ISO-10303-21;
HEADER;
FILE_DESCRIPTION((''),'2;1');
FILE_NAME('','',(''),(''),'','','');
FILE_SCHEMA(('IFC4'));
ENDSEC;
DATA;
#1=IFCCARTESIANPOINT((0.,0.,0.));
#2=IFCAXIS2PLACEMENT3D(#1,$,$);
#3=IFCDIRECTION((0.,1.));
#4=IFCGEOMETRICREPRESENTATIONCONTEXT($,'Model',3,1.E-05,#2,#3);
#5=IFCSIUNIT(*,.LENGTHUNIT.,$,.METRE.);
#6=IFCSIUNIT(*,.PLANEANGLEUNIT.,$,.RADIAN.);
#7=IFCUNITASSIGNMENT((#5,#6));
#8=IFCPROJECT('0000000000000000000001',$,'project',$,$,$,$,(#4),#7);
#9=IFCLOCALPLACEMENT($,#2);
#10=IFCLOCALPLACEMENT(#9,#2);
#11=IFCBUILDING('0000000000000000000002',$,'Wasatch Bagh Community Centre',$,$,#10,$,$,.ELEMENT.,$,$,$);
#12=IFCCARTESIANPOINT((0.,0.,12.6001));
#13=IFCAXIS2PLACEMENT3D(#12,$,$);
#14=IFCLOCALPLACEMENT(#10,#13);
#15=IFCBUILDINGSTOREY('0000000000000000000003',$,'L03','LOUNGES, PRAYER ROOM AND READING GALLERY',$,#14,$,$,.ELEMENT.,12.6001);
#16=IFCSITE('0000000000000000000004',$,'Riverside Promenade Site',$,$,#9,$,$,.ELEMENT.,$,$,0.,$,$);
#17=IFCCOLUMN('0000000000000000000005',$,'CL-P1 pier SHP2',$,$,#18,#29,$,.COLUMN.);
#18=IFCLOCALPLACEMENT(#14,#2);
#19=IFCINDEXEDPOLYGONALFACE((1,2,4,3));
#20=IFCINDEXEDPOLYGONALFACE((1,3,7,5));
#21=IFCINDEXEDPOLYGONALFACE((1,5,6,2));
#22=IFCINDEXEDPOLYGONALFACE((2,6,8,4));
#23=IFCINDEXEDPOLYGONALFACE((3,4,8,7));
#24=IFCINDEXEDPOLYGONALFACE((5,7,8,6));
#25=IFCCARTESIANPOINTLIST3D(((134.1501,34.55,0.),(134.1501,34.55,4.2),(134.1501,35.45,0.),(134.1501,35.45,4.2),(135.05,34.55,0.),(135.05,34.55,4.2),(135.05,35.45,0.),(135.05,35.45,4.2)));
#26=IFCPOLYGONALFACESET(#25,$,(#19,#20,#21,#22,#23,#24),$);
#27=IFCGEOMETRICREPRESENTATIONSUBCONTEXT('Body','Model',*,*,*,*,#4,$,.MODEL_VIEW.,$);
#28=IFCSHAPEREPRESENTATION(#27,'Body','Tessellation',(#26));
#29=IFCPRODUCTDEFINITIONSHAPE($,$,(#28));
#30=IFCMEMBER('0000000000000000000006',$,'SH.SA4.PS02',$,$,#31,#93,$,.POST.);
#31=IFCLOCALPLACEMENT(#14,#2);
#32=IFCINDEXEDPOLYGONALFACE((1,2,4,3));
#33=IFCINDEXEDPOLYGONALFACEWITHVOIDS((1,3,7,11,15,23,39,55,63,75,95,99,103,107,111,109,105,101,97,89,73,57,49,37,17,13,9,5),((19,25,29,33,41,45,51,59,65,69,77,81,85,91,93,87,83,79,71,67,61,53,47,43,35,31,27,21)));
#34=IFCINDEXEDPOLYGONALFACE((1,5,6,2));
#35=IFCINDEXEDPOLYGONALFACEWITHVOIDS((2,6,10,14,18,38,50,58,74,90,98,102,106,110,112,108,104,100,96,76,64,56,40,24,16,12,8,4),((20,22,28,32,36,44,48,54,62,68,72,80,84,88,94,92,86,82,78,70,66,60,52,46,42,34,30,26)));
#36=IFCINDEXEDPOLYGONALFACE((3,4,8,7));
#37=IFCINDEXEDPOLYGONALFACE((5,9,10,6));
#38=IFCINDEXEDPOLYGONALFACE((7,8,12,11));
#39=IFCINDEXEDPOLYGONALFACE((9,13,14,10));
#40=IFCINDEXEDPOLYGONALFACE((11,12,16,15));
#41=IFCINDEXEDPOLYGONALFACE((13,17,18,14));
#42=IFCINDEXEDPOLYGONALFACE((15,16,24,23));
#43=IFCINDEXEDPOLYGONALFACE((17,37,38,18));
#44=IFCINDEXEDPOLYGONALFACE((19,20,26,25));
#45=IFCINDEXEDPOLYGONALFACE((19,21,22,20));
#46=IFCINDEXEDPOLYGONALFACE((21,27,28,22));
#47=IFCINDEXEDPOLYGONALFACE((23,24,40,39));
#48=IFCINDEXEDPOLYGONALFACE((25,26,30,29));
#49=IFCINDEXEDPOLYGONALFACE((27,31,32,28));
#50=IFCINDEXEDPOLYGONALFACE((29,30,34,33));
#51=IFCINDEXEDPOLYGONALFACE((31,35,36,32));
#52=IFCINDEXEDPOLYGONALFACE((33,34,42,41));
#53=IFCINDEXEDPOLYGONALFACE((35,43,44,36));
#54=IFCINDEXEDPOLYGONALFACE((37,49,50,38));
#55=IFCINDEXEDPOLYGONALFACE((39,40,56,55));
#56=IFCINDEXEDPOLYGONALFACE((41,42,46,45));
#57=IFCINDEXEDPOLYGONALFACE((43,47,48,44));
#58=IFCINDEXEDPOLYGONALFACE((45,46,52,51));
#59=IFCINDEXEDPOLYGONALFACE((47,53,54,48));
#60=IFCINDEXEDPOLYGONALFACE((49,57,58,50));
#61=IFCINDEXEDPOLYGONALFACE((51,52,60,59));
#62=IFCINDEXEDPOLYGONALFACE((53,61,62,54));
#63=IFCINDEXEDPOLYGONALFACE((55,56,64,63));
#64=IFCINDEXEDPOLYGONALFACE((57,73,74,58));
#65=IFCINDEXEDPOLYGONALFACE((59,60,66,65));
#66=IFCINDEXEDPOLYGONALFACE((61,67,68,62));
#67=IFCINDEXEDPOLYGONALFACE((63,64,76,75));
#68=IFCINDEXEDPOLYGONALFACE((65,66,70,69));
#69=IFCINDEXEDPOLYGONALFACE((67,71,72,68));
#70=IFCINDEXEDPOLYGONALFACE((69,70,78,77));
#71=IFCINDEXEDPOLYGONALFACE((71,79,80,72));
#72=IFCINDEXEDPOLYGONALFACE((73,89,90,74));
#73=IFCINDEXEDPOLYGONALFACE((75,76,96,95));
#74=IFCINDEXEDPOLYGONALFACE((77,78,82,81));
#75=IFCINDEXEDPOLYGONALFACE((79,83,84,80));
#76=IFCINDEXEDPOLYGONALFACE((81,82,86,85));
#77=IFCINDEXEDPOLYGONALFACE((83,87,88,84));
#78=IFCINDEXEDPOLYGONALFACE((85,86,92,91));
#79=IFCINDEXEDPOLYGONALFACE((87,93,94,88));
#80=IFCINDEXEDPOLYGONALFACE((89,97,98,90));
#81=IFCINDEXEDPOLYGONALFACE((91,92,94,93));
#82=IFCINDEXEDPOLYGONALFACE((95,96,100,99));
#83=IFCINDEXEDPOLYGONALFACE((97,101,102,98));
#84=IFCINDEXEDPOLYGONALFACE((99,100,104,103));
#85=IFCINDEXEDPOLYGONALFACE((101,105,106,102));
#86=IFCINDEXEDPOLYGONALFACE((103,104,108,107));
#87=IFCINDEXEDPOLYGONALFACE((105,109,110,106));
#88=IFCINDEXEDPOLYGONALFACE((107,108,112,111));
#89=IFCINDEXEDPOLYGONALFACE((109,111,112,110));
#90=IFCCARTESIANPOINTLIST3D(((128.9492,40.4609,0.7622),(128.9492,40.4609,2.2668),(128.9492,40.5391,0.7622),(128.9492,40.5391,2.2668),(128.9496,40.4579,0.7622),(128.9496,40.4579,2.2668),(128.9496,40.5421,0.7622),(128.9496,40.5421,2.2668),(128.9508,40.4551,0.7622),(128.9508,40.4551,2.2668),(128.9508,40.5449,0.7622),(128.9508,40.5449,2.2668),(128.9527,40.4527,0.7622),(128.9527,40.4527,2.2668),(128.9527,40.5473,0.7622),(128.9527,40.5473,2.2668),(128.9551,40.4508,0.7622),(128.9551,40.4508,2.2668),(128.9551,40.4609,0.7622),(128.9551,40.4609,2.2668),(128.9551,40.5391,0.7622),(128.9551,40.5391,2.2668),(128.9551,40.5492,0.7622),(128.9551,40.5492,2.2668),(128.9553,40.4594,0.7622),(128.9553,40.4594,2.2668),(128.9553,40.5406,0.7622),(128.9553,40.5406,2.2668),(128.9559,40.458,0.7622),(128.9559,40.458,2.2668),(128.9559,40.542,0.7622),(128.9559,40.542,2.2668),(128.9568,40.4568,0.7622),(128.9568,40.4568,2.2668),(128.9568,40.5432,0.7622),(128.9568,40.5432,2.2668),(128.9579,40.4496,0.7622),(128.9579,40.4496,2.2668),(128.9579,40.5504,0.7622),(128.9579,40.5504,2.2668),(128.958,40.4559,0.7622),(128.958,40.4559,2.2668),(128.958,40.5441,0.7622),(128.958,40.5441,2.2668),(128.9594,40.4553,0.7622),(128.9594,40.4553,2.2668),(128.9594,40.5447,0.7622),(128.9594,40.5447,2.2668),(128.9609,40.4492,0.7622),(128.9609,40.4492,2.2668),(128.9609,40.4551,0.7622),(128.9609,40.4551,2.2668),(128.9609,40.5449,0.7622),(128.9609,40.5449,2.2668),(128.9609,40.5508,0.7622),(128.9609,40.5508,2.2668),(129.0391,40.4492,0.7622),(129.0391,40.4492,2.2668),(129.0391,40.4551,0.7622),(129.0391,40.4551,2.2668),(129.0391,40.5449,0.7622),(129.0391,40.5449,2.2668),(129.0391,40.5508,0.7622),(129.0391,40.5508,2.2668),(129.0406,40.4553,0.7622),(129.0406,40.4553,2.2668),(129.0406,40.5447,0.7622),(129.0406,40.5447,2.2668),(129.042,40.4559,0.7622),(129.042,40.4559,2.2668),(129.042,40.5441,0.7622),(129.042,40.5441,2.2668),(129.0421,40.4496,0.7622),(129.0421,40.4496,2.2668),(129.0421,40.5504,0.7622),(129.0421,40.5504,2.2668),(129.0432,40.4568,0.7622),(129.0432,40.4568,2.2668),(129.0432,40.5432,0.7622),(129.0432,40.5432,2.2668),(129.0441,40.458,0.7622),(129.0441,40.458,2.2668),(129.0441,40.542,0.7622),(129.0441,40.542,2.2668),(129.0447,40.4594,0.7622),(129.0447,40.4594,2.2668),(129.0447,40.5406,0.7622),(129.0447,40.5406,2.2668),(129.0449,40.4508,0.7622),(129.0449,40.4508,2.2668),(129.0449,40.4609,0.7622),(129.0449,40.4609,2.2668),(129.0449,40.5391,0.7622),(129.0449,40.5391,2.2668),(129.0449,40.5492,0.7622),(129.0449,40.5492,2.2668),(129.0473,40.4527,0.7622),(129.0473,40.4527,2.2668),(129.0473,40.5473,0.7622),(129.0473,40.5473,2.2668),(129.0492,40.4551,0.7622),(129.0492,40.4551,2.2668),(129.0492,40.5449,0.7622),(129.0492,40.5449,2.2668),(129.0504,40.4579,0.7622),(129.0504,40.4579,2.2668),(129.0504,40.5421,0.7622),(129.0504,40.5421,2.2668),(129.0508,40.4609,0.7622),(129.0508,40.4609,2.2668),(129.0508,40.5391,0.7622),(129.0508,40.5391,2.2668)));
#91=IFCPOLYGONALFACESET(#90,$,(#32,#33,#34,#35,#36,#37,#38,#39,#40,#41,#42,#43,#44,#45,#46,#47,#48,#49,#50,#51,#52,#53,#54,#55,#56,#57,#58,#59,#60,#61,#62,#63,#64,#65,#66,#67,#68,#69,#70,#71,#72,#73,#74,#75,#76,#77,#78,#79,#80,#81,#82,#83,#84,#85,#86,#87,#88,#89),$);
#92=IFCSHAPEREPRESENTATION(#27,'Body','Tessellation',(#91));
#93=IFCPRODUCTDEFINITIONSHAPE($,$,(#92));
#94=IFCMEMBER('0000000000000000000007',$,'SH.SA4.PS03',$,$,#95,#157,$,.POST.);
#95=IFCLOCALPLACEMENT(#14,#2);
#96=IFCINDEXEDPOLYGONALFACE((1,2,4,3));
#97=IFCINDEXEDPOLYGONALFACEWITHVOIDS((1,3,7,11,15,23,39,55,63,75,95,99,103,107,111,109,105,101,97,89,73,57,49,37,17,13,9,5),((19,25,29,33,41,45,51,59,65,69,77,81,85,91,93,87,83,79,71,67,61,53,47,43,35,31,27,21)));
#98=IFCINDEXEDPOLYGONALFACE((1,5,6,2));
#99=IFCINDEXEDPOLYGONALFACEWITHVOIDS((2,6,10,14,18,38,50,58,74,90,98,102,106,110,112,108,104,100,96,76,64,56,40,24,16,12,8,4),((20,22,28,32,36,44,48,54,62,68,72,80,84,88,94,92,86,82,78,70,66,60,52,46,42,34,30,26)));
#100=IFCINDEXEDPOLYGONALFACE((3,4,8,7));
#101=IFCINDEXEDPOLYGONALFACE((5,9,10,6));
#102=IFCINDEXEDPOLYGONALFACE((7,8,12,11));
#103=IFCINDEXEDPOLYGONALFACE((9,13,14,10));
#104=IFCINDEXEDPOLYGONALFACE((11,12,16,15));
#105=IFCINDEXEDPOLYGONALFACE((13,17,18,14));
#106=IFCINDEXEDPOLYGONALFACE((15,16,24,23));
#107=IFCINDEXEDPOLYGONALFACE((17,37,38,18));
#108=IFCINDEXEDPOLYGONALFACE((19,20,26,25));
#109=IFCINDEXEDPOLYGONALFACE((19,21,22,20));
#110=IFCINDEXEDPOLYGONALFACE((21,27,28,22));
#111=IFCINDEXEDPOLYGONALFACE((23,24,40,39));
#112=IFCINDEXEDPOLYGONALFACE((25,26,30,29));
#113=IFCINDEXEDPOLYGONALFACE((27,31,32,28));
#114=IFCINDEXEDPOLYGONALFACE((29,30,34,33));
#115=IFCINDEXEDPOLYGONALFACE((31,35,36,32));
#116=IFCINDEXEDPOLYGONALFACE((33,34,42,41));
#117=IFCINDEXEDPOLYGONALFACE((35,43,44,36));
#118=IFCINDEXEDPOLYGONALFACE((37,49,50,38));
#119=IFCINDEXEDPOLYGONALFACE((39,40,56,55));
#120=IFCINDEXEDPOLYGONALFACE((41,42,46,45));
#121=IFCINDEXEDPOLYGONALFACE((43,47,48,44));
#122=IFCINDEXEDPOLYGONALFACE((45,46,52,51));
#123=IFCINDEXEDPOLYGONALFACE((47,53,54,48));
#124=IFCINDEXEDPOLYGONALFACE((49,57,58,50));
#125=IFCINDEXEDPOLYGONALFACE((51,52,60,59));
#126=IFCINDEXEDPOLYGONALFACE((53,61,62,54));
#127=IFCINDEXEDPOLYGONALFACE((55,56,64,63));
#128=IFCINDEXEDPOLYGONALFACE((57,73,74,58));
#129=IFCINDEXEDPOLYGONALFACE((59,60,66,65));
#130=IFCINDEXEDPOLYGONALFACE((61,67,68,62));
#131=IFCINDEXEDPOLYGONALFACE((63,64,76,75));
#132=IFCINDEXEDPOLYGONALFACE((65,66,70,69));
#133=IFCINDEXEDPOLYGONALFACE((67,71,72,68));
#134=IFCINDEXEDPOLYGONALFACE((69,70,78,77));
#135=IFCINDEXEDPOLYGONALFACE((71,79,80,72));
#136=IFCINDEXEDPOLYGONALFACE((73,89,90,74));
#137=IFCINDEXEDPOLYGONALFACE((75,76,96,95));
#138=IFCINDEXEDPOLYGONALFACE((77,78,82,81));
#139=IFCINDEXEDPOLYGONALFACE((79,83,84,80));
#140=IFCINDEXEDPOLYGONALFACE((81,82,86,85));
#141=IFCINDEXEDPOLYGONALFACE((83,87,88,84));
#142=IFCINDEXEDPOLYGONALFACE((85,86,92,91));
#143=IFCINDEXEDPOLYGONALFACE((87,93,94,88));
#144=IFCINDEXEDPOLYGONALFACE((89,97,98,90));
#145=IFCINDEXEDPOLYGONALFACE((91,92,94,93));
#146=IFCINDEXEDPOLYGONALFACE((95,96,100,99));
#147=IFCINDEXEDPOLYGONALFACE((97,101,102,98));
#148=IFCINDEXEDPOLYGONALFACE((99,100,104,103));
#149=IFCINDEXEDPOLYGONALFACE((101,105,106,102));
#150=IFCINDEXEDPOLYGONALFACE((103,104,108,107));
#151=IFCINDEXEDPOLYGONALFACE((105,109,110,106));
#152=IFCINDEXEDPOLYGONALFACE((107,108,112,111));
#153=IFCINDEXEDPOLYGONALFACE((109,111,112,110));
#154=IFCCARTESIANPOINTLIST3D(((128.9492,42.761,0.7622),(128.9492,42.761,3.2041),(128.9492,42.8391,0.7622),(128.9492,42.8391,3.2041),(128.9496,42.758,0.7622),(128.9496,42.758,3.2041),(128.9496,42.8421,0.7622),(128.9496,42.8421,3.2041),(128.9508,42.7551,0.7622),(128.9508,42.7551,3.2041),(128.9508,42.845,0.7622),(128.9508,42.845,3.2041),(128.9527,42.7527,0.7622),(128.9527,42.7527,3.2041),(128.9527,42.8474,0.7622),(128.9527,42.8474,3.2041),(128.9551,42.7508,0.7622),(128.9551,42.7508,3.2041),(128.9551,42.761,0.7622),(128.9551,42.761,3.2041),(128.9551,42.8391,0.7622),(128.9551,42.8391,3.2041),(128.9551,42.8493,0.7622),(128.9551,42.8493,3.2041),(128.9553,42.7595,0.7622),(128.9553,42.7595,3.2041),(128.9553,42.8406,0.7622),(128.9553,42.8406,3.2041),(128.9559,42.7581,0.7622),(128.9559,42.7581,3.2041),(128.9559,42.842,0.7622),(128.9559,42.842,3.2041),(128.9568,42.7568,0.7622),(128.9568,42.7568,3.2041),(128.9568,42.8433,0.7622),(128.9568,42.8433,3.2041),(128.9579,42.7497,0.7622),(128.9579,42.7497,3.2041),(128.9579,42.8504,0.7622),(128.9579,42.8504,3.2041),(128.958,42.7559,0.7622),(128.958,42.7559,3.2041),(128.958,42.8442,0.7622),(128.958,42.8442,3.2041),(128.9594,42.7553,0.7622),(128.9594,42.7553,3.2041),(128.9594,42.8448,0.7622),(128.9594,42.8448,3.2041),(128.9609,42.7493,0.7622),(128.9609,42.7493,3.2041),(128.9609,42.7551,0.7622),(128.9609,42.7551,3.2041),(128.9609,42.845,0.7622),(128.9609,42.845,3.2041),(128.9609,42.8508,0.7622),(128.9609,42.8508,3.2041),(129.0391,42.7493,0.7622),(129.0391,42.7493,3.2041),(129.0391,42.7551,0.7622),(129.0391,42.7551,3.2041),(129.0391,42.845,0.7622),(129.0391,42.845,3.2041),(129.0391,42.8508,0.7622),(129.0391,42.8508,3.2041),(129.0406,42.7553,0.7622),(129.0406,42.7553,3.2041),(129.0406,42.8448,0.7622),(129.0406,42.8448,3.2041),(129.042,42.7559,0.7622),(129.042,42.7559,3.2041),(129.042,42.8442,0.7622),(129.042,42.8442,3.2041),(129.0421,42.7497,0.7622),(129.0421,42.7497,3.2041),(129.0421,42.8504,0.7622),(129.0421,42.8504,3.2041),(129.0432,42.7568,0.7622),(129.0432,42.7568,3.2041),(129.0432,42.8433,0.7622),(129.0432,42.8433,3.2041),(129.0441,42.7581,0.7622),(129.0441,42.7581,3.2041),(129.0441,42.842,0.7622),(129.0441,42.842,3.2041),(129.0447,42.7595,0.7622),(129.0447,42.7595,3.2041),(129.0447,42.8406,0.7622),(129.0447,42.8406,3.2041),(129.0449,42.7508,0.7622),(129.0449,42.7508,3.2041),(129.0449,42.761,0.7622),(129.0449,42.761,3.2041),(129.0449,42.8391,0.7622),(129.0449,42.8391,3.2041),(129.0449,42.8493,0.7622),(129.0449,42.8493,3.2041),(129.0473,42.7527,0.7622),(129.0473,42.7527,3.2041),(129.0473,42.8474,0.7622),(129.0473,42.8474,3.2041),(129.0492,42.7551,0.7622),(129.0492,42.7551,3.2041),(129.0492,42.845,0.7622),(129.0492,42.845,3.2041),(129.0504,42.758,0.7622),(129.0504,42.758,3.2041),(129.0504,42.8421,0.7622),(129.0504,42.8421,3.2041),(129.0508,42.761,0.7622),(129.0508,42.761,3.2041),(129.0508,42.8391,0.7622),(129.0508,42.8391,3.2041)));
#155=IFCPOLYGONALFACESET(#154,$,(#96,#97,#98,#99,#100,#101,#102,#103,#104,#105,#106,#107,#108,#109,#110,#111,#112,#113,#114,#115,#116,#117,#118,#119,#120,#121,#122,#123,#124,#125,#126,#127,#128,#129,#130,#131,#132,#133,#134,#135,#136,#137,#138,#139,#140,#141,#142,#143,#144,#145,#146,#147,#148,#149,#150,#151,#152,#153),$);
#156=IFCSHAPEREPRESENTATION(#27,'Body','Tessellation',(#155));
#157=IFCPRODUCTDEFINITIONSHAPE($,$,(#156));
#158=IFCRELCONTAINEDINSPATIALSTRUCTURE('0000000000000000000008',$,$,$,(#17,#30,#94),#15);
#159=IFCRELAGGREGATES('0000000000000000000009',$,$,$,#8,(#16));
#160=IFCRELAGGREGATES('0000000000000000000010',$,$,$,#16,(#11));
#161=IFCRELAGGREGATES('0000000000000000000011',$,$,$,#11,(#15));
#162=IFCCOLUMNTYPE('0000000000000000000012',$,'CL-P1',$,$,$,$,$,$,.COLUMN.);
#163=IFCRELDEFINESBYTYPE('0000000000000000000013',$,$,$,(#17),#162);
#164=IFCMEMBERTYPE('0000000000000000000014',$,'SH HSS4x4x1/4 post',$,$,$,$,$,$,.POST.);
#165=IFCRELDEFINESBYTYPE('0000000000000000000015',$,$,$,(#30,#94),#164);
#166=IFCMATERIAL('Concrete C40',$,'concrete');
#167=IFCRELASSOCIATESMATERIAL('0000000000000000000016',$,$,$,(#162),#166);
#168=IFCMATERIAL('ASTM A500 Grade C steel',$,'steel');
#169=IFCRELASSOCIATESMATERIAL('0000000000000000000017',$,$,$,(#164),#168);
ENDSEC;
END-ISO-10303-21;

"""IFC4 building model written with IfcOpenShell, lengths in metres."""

from ifc_helpers import new_model, si_unit, direction, frame, origin, origin_2d, place, context, subcontext, project, spatial, rectangle, hollow_rectangle, extrude, material, material_profile, profile_set, type_object, element, save


model = new_model("IFC4")

# Units and contexts
model_context = context("Model", 3, precision=1e-05, world=origin(), true_north=direction((0.0, 1.0)))
body_context = subcontext(model_context, "Body", "Model", "MODEL_VIEW")
ifc_project = project(units=[si_unit("LENGTHUNIT", "METRE"), si_unit("PLANEANGLEUNIT", "RADIAN")], contexts=[model_context])

# Site, building, storey
site_placement = place(None, origin())
site = spatial("IfcSite", under=ifc_project, at=site_placement, Name="Riverside Promenade Site", CompositionType="ELEMENT", RefElevation=0.0)
building_placement = place(site_placement, origin())
building = spatial("IfcBuilding", under=site, at=building_placement, Name="Wasatch Bagh Community Centre", CompositionType="ELEMENT")
storey_placement = place(building_placement, frame((0.0, 0.0, 12.6001)))
storey = spatial("IfcBuildingStorey", under=building, at=storey_placement, Name="L03", Description="LOUNGES, PRAYER ROOM AND READING GALLERY", CompositionType="ELEMENT", Elevation=12.6001)

# Column
ifc_material_1 = material(Name="Concrete C40", Category="concrete")
ifc_material_profile_1 = material_profile(ifc_material_1, rectangle(XDim=0.8999, YDim=0.8999, at=origin_2d()), Name="RC 900x900")
ifc_profile_set_1 = profile_set([ifc_material_profile_1], Name="Concrete C40")
column_type = type_object("IfcColumnType", Name="CL-P1", PredefinedType="COLUMN", material=ifc_profile_set_1)
column_placement = place(storey_placement, frame((134.6001, 35.0, 0.0), z_axis=(0.0, 0.0, 1.0), x_axis=(1.0, 0.0, 0.0)))
element("IfcColumn", 1, at=column_placement, inside=storey, type_object=column_type, Name="CL-P1 pier SHP2", PredefinedType="COLUMN", context=body_context, shape_type="SweptSolid", body=[
    extrude(rectangle(XDim=0.8999, YDim=0.8999, at=origin_2d()), origin(), (0.0, 0.0, 1.0), 4.2),
])

# Members
ifc_material_2 = material(Name="ASTM A500 Grade C steel", Category="steel")
ifc_material_profile_2 = material_profile(ifc_material_2, hollow_rectangle(XDim=0.1016, YDim=0.1016, WallThickness=0.0059, InnerFilletRadius=0.0059, OuterFilletRadius=0.0117, at=origin_2d()), Name="HSS4x4x1/4")
ifc_profile_set_2 = profile_set([ifc_material_profile_2], Name="ASTM A500 Grade C steel")
member_type_1 = type_object("IfcMemberType", Name="SH HSS4x4x1/4 post", PredefinedType="POST", material=ifc_profile_set_2)
member_1_placement = place(storey_placement, frame((129.0, 40.5, 0.7622), z_axis=(0.0, 0.0, 1.0), x_axis=(1.0, 0.0, 0.0)))
element("IfcMember", 2, at=member_1_placement, inside=storey, type_object=member_type_1, Name="SH.SA4.PS02", PredefinedType="POST", context=body_context, shape_type="SweptSolid", body=[
    extrude(hollow_rectangle(XDim=0.1016, YDim=0.1016, WallThickness=0.0059, InnerFilletRadius=0.0059, OuterFilletRadius=0.0117, at=origin_2d()), origin(), (0.0, 0.0, 1.0), 1.5046),
])
member_2_placement = place(storey_placement, frame((129.0, 42.8, 0.7622), z_axis=(0.0, 0.0, 1.0), x_axis=(1.0, 0.0, 0.0)))
element("IfcMember", 3, at=member_2_placement, inside=storey, type_object=member_type_1, Name="SH.SA4.PS03", PredefinedType="POST", context=body_context, shape_type="SweptSolid", body=[
    extrude(hollow_rectangle(XDim=0.1016, YDim=0.1016, WallThickness=0.0059, InnerFilletRadius=0.0059, OuterFilletRadius=0.0117, at=origin_2d()), origin(), (0.0, 0.0, 1.0), 2.4419),
])

save(model, "model.ifc")
